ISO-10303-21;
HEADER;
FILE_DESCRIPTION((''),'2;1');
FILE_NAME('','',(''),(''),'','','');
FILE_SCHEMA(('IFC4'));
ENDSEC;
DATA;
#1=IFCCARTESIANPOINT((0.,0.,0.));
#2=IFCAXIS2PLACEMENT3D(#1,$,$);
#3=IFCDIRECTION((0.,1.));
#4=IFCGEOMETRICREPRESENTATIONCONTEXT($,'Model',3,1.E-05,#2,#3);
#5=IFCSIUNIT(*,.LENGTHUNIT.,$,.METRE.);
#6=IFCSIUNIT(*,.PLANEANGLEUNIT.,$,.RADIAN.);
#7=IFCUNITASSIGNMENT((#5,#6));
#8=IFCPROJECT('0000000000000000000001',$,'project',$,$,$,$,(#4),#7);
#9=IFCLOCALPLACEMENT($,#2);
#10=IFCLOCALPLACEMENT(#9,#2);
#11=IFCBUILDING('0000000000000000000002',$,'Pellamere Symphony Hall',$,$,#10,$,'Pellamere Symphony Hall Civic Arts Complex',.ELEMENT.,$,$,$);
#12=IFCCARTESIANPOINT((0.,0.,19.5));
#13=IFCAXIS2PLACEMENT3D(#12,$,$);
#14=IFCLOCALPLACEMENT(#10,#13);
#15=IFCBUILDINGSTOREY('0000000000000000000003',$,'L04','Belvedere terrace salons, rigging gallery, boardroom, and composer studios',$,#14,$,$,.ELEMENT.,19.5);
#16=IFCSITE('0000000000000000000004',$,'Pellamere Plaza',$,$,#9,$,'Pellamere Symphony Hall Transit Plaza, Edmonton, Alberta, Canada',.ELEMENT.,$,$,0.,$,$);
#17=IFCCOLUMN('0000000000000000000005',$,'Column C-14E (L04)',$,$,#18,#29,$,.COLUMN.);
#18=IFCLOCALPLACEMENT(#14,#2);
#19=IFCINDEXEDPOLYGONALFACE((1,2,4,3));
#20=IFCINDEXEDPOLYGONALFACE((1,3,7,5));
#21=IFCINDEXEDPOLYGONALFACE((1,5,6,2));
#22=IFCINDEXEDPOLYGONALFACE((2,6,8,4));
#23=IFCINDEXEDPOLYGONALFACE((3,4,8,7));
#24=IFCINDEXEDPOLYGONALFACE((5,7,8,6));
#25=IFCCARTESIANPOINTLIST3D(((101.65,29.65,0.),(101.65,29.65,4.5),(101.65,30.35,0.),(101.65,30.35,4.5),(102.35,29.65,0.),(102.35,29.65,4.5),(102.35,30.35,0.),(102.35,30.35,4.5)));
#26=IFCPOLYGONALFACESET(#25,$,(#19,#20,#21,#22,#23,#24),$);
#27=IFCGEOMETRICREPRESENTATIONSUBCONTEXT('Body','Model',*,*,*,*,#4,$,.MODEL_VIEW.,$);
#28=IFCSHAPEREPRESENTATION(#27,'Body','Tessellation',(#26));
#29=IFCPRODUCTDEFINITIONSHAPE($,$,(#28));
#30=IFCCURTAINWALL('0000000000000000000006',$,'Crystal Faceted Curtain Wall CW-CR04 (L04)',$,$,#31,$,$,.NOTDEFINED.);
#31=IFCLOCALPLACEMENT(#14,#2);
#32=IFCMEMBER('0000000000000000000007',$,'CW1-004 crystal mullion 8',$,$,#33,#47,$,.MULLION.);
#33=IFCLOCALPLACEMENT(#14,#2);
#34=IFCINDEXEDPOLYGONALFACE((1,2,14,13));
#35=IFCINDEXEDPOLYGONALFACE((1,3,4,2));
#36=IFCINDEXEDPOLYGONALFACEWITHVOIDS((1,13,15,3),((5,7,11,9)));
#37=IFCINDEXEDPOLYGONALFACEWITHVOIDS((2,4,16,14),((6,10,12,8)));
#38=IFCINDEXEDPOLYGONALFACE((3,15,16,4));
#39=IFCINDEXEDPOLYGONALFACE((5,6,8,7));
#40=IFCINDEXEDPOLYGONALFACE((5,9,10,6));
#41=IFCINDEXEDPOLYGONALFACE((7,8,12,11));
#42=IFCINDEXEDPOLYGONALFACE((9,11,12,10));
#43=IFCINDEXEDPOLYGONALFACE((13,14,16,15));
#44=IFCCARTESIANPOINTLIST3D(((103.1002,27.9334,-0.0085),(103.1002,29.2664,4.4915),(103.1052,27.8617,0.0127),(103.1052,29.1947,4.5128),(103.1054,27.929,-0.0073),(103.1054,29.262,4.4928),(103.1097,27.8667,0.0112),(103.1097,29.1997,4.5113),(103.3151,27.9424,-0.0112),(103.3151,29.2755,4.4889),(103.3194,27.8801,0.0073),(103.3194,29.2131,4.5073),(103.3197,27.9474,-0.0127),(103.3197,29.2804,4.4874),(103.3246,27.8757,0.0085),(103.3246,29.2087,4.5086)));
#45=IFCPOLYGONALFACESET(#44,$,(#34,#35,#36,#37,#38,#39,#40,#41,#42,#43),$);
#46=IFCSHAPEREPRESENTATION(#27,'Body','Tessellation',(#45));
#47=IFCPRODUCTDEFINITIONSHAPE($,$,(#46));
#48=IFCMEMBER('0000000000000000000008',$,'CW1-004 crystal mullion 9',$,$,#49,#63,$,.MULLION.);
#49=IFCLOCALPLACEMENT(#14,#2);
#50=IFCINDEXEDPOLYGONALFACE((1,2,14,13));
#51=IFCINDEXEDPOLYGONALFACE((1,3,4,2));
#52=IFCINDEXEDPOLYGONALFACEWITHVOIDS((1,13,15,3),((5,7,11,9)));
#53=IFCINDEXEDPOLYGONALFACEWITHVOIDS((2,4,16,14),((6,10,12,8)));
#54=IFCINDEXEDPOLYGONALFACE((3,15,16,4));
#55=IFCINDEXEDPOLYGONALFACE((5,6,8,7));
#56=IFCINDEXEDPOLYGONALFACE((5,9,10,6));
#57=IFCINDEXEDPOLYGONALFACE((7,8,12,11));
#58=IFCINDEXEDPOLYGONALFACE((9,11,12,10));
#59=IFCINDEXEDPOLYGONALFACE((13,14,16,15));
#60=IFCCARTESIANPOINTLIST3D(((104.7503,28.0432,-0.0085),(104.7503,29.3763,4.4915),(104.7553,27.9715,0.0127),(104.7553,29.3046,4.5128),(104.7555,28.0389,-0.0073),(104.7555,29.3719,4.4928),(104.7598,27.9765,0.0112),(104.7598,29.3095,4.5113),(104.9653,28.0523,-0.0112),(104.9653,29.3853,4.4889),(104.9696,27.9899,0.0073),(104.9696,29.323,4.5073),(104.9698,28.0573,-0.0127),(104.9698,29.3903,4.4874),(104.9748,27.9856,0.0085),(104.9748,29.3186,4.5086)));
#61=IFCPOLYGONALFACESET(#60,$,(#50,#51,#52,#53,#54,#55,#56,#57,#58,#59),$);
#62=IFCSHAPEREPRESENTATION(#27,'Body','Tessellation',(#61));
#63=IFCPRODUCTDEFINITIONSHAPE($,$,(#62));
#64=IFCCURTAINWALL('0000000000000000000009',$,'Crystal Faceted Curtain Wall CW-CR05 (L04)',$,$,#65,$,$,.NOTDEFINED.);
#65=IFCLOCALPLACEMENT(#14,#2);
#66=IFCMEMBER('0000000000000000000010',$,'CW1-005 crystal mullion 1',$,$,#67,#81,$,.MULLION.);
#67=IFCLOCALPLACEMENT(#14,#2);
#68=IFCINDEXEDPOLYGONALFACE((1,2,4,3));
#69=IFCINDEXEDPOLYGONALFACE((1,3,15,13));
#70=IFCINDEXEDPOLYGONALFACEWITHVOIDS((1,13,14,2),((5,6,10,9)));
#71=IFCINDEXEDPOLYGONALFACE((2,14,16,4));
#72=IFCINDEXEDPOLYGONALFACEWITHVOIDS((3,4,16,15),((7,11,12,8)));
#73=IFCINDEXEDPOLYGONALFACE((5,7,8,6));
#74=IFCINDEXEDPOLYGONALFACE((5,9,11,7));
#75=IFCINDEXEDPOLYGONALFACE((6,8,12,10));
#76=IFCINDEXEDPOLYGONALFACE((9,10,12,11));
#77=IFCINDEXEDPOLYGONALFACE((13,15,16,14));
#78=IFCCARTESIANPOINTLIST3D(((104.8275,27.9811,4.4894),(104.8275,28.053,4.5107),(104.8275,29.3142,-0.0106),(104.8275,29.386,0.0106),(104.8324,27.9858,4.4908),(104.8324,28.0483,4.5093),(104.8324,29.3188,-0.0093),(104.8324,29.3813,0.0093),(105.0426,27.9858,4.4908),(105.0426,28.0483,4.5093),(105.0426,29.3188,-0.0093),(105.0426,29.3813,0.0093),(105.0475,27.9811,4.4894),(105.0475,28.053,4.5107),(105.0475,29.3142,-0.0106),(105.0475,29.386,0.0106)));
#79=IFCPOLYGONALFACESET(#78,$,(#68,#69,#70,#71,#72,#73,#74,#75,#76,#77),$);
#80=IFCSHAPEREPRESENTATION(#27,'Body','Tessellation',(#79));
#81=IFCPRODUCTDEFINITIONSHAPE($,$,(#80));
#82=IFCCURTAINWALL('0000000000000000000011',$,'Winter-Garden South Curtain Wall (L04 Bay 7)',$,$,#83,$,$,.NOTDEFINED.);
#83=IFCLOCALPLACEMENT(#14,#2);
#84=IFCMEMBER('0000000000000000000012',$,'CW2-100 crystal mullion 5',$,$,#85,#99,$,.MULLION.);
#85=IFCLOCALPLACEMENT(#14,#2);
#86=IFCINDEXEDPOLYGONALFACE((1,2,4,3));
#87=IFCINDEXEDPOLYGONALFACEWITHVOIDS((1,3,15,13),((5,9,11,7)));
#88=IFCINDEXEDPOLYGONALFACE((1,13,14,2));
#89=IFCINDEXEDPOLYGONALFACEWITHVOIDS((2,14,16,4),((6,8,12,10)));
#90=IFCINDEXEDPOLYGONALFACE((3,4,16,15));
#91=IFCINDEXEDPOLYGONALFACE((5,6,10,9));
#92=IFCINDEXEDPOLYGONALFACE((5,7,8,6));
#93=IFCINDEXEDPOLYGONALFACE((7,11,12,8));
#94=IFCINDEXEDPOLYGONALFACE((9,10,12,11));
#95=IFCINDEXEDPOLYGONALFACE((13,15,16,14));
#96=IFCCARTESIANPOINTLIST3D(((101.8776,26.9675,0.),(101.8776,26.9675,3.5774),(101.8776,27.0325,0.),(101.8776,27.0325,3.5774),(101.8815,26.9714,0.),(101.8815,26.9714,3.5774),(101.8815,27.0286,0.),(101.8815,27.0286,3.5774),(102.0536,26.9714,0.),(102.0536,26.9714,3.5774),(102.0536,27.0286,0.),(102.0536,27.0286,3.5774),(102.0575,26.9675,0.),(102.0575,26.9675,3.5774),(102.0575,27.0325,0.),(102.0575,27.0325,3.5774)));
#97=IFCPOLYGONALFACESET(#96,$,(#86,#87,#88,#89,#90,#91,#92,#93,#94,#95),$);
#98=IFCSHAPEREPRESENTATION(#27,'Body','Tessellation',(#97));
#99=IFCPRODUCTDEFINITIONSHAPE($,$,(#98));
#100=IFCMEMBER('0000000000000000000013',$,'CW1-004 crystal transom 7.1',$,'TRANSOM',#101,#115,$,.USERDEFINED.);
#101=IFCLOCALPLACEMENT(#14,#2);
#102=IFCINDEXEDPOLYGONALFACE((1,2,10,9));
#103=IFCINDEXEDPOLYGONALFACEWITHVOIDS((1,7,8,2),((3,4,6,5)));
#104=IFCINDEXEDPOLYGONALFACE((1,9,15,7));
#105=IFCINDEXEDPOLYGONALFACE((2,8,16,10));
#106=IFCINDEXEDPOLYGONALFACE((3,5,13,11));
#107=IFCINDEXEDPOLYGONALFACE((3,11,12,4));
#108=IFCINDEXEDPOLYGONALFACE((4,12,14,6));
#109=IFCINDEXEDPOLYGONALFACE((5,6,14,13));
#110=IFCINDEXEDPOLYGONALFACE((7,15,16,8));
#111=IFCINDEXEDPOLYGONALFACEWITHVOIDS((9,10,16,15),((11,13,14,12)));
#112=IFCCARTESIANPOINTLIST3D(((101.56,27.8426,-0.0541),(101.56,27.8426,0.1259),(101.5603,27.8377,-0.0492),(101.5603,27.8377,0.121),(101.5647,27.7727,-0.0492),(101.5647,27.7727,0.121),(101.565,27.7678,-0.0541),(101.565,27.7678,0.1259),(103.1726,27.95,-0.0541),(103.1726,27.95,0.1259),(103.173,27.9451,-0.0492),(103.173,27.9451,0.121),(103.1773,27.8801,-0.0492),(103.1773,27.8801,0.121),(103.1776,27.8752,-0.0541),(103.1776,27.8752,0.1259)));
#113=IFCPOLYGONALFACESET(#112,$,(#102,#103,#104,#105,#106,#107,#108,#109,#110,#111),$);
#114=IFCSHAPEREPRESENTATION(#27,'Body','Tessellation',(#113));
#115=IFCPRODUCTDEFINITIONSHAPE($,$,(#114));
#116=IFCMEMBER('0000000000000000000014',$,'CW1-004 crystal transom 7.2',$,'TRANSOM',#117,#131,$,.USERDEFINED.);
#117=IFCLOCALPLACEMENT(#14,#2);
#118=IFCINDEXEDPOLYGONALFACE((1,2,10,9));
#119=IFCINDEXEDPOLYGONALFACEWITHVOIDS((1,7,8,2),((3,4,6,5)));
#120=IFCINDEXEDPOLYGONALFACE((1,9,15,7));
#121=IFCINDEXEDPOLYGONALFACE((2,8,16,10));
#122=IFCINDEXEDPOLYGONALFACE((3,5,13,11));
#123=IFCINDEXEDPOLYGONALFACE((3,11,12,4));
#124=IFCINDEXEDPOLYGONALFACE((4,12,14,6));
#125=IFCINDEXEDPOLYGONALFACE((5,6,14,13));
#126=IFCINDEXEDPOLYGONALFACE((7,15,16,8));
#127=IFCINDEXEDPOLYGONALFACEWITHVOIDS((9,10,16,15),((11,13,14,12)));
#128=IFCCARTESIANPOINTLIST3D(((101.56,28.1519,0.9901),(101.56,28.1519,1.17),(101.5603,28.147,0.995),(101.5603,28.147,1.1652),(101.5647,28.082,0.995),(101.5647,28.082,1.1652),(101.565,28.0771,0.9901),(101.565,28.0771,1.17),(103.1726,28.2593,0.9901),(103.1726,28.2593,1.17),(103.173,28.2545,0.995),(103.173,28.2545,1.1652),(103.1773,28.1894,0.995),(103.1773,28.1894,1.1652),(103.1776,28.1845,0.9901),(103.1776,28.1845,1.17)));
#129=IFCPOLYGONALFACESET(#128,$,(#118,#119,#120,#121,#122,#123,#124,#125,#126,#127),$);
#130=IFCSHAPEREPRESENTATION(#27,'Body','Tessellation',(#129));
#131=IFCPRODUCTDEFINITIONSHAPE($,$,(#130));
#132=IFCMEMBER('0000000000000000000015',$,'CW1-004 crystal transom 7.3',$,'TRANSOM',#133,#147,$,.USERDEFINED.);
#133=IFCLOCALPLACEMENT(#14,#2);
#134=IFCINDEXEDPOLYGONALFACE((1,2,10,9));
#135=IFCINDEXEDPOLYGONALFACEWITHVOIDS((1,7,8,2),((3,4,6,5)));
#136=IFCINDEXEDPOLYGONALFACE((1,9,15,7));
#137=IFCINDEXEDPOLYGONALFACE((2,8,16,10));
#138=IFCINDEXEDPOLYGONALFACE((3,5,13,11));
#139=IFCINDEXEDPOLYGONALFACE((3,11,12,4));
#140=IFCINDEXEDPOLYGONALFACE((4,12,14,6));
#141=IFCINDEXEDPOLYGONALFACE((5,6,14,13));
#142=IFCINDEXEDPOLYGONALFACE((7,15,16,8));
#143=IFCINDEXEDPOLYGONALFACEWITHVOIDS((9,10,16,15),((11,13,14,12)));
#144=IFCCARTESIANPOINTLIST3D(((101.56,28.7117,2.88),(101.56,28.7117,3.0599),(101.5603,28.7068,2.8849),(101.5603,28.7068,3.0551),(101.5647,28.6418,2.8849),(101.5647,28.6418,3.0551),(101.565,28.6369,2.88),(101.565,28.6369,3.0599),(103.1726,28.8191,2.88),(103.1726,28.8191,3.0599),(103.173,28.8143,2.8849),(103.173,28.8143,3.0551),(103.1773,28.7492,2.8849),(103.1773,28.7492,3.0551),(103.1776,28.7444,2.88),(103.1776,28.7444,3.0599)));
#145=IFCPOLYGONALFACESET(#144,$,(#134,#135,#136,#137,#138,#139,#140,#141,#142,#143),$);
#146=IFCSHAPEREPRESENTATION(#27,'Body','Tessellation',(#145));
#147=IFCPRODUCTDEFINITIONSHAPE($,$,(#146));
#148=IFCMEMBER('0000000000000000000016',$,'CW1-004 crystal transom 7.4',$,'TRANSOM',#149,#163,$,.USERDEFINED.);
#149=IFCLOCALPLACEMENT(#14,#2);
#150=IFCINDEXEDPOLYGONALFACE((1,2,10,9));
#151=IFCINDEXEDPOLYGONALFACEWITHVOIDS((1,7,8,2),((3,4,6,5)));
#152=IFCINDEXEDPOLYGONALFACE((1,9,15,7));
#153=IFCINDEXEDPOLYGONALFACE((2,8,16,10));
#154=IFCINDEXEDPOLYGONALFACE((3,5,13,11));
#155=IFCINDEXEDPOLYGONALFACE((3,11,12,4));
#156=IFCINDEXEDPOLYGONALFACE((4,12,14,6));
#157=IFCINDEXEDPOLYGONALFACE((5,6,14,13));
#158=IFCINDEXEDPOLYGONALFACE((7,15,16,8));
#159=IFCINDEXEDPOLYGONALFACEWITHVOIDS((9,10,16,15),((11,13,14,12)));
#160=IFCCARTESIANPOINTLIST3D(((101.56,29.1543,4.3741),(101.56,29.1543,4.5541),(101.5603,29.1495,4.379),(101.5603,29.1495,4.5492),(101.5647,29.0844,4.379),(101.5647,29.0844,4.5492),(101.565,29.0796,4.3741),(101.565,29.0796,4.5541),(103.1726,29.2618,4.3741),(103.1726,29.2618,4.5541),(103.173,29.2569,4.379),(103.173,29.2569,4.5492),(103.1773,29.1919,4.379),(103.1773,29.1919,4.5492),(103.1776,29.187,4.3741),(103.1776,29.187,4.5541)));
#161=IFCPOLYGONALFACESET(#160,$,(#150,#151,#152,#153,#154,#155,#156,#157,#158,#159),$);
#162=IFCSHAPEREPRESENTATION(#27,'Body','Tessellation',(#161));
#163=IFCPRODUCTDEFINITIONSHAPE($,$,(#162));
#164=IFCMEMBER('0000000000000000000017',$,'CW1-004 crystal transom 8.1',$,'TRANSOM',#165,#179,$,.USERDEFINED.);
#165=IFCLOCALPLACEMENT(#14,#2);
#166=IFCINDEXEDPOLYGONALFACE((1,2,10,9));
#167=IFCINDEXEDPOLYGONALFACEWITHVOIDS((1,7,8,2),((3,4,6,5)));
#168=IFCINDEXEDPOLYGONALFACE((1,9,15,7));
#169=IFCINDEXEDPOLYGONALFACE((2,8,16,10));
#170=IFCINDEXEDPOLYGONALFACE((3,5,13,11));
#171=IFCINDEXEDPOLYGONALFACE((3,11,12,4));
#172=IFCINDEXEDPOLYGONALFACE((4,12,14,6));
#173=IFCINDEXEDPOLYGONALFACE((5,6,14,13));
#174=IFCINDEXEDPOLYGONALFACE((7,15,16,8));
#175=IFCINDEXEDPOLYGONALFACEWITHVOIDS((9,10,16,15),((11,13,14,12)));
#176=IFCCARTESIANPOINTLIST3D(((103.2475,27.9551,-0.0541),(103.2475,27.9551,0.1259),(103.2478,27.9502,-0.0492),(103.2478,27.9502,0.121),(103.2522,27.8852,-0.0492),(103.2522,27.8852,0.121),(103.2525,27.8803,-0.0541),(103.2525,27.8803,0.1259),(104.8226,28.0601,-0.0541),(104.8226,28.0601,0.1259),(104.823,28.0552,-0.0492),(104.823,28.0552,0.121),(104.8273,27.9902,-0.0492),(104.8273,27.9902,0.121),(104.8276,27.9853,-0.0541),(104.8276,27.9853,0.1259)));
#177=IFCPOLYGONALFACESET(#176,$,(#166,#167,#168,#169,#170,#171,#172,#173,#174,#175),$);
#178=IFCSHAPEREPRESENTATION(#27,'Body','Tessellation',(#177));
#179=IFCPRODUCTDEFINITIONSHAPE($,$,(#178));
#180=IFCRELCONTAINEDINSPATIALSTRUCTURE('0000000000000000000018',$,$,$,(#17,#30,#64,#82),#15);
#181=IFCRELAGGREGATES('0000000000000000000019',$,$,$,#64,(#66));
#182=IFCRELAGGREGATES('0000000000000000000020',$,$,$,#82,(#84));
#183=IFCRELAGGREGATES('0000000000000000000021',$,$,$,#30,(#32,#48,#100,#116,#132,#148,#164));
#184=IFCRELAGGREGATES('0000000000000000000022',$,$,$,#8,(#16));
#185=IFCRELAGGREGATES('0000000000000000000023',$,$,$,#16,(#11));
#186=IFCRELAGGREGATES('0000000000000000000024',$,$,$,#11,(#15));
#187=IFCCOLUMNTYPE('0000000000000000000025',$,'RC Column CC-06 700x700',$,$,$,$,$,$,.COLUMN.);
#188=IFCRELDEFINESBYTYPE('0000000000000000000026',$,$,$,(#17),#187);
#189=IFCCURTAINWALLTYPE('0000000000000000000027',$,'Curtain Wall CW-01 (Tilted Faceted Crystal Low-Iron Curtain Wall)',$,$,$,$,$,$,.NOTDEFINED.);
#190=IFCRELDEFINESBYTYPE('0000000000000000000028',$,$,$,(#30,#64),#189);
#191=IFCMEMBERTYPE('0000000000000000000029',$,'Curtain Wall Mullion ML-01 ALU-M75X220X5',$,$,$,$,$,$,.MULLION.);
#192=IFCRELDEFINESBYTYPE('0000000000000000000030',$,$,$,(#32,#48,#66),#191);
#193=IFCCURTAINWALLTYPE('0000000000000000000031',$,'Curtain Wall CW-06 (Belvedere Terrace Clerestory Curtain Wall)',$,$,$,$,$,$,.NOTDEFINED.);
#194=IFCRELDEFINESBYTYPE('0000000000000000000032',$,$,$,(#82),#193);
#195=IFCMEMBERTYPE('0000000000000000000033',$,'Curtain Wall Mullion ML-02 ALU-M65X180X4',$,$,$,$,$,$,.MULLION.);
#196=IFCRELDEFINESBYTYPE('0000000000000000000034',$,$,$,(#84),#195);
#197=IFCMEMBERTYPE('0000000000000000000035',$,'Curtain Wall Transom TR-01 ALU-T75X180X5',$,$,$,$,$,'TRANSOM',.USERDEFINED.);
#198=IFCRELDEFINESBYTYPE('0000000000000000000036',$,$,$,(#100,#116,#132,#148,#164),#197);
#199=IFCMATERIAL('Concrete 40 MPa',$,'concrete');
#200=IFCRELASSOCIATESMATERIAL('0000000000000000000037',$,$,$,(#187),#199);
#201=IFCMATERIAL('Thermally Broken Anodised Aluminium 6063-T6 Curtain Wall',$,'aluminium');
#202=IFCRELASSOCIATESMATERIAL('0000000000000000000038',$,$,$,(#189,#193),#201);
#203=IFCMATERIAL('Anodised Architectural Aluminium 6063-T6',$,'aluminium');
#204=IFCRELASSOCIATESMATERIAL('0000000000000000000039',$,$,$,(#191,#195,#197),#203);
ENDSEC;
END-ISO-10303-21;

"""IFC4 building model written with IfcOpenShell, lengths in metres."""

from ifc_helpers import new_model, si_unit, direction, frame, origin, origin_2d, place, context, subcontext, project, spatial, rectangle, hollow_rectangle, extrude, material, material_profile, profile_set, type_object, element, aggregate, save


model = new_model("IFC4")

# Units and contexts
model_context = context("Model", 3, precision=1e-05, world=origin(), true_north=direction((0.0, 1.0)))
body_context = subcontext(model_context, "Body", "Model", "MODEL_VIEW")
ifc_project = project(units=[si_unit("LENGTHUNIT", "METRE"), si_unit("PLANEANGLEUNIT", "RADIAN")], contexts=[model_context])

# Site, building, storey
site_placement = place(None, origin())
site = spatial("IfcSite", under=ifc_project, at=site_placement, Name="Pellamere Plaza", LongName="Pellamere Symphony Hall Transit Plaza, Edmonton, Alberta, Canada", CompositionType="ELEMENT", RefElevation=0.0)
building_placement = place(site_placement, origin())
building = spatial("IfcBuilding", under=site, at=building_placement, Name="Pellamere Symphony Hall", LongName="Pellamere Symphony Hall Civic Arts Complex", CompositionType="ELEMENT")
storey_placement = place(building_placement, frame((0.0, 0.0, 19.5)))
storey = spatial("IfcBuildingStorey", under=building, at=storey_placement, Name="L04", Description="Belvedere terrace salons, rigging gallery, boardroom, and composer studios", CompositionType="ELEMENT", Elevation=19.5)

# Column
ifc_material_1 = material(Name="Concrete 40 MPa", Category="concrete")
ifc_material_profile_1 = material_profile(ifc_material_1, rectangle(XDim=0.7, YDim=0.7, at=origin_2d()), Name="RC 700x700")
ifc_profile_set_1 = profile_set([ifc_material_profile_1], Name="Concrete 40 MPa")
column_type = type_object("IfcColumnType", Name="RC Column CC-06 700x700", PredefinedType="COLUMN", material=ifc_profile_set_1)
column_placement = place(storey_placement, frame((102.0, 30.0, 0.0), z_axis=(0.0, 0.0, 1.0), x_axis=(1.0, 0.0, 0.0)))
element("IfcColumn", 1, at=column_placement, inside=storey, type_object=column_type, Name="Column C-14E (L04)", PredefinedType="COLUMN", context=body_context, shape_type="SweptSolid", body=[
    extrude(rectangle(XDim=0.7, YDim=0.7, at=origin_2d()), origin(), (0.0, 0.0, 1.0), 4.5),
])

# Curtain wall, members
ifc_material_2 = material(Name="Thermally Broken Anodised Aluminium 6063-T6 Curtain Wall", Category="aluminium")
curtain_wall_type_1 = type_object("IfcCurtainWallType", Name="Curtain Wall CW-01 (Tilted Faceted Crystal Low-Iron Curtain Wall)", PredefinedType="NOTDEFINED", material=ifc_material_2)
curtain_wall_1_placement = place(storey_placement, origin())
curtain_wall_1 = element("IfcCurtainWall", 2, at=curtain_wall_1_placement, inside=storey, type_object=curtain_wall_type_1, Name="Crystal Faceted Curtain Wall CW-CR04 (L04)", PredefinedType="NOTDEFINED")
ifc_material_3 = material(Name="Anodised Architectural Aluminium 6063-T6", Category="aluminium")
ifc_material_profile_2 = material_profile(ifc_material_3, hollow_rectangle(XDim=0.075, YDim=0.22, WallThickness=0.0049, at=origin_2d()), Name="ALU-M75X220X5")
ifc_profile_set_2 = profile_set([ifc_material_profile_2], Name="Anodised Architectural Aluminium 6063-T6")
member_type_1 = type_object("IfcMemberType", Name="Curtain Wall Mullion ML-01 ALU-M75X220X5", PredefinedType="MULLION", material=ifc_profile_set_2)
member_1_placement = place(storey_placement, frame((103.2124, 27.9045, 0.0), z_axis=(0.0, 0.284025, 0.958817), x_axis=(0.066519, -0.956693, 0.283395)))
member_1 = element("IfcMember", 3, at=member_1_placement, type_object=member_type_1, Name="CW1-004 crystal mullion 8", PredefinedType="MULLION", context=body_context, shape_type="SweptSolid", body=[
    extrude(hollow_rectangle(XDim=0.075, YDim=0.22, WallThickness=0.0049, at=origin_2d()), origin(), (0.0, 0.0, 1.0), 4.6934),
])
member_2_placement = place(storey_placement, frame((104.8625, 28.0144, 0.0), z_axis=(0.0, 0.284025, 0.958817), x_axis=(0.066519, -0.956693, 0.283395)))
member_2 = element("IfcMember", 4, at=member_2_placement, type_object=member_type_1, Name="CW1-004 crystal mullion 9", PredefinedType="MULLION", context=body_context, shape_type="SweptSolid", body=[
    extrude(hollow_rectangle(XDim=0.075, YDim=0.22, WallThickness=0.0049, at=origin_2d()), origin(), (0.0, 0.0, 1.0), 4.6934),
])

# Curtain walls, members
curtain_wall_2_placement = place(storey_placement, origin())
curtain_wall_2 = element("IfcCurtainWall", 5, at=curtain_wall_2_placement, inside=storey, type_object=curtain_wall_type_1, Name="Crystal Faceted Curtain Wall CW-CR05 (L04)", PredefinedType="NOTDEFINED")
member_3_placement = place(storey_placement, frame((104.9375, 29.3501, 0.0), z_axis=(0.0, -0.284025, 0.958817), x_axis=(0.0, 0.958817, 0.284025)))
member_3 = element("IfcMember", 6, at=member_3_placement, type_object=member_type_1, Name="CW1-005 crystal mullion 1", PredefinedType="MULLION", context=body_context, shape_type="SweptSolid", body=[
    extrude(hollow_rectangle(XDim=0.075, YDim=0.22, WallThickness=0.0049, at=origin_2d()), origin(), (0.0, 0.0, 1.0), 4.6934),
])
aggregate(curtain_wall_2, [member_3])
curtain_wall_type_2 = type_object("IfcCurtainWallType", Name="Curtain Wall CW-06 (Belvedere Terrace Clerestory Curtain Wall)", PredefinedType="NOTDEFINED", material=ifc_material_2)
curtain_wall_3_placement = place(storey_placement, origin())
curtain_wall_3 = element("IfcCurtainWall", 7, at=curtain_wall_3_placement, inside=storey, type_object=curtain_wall_type_2, Name="Winter-Garden South Curtain Wall (L04 Bay 7)", PredefinedType="NOTDEFINED")
ifc_material_profile_3 = material_profile(ifc_material_3, hollow_rectangle(XDim=0.0649, YDim=0.1799, WallThickness=0.0039, at=origin_2d()), Name="ALU-M65X180X4")
ifc_profile_set_3 = profile_set([ifc_material_profile_3], Name="Anodised Architectural Aluminium 6063-T6")
member_type_2 = type_object("IfcMemberType", Name="Curtain Wall Mullion ML-02 ALU-M65X180X4", PredefinedType="MULLION", material=ifc_profile_set_3)
member_4_placement = place(storey_placement, frame((101.9675, 27.0, 0.0), z_axis=(0.0, 0.0, 1.0), x_axis=(0.0, 1.0, 0.0)))
member_4 = element("IfcMember", 8, at=member_4_placement, type_object=member_type_2, Name="CW2-100 crystal mullion 5", PredefinedType="MULLION", context=body_context, shape_type="SweptSolid", body=[
    extrude(hollow_rectangle(XDim=0.0649, YDim=0.1799, WallThickness=0.0039, at=origin_2d()), origin(), (0.0, 0.0, 1.0), 3.5774),
])
aggregate(curtain_wall_3, [member_4])

# Members
ifc_material_profile_4 = material_profile(ifc_material_3, hollow_rectangle(XDim=0.075, YDim=0.1799, WallThickness=0.0049, at=origin_2d()), Name="ALU-T75X180X5")
ifc_profile_set_4 = profile_set([ifc_material_profile_4], Name="Anodised Architectural Aluminium 6063-T6")
member_type_3 = type_object("IfcMemberType", Name="Curtain Wall Transom TR-01 ALU-T75X180X5", ElementType="TRANSOM", PredefinedType="USERDEFINED", material=ifc_profile_set_4)
member_5_placement = place(storey_placement, frame((101.5625, 27.8052, 0.0359), z_axis=(0.997788, 0.066469, 0.0), x_axis=(-0.066469, 0.997788, 0.0)))
member_5 = element("IfcMember", 9, at=member_5_placement, type_object=member_type_3, Name="CW1-004 crystal transom 7.1", ObjectType="TRANSOM", PredefinedType="USERDEFINED", context=body_context, shape_type="SweptSolid", body=[
    extrude(hollow_rectangle(XDim=0.075, YDim=0.1799, WallThickness=0.0049, at=origin_2d()), origin(), (0.0, 0.0, 1.0), 1.6162),
])
member_6_placement = place(storey_placement, frame((101.5625, 28.1145, 1.0801), z_axis=(0.997788, 0.066469, 0.0), x_axis=(-0.066469, 0.997788, 0.0)))
member_6 = element("IfcMember", 10, at=member_6_placement, type_object=member_type_3, Name="CW1-004 crystal transom 7.2", ObjectType="TRANSOM", PredefinedType="USERDEFINED", context=body_context, shape_type="SweptSolid", body=[
    extrude(hollow_rectangle(XDim=0.075, YDim=0.1799, WallThickness=0.0049, at=origin_2d()), origin(), (0.0, 0.0, 1.0), 1.6162),
])
member_7_placement = place(storey_placement, frame((101.5625, 28.6743, 2.97), z_axis=(0.997788, 0.066469, 0.0), x_axis=(-0.066469, 0.997788, 0.0)))
member_7 = element("IfcMember", 11, at=member_7_placement, type_object=member_type_3, Name="CW1-004 crystal transom 7.3", ObjectType="TRANSOM", PredefinedType="USERDEFINED", context=body_context, shape_type="SweptSolid", body=[
    extrude(hollow_rectangle(XDim=0.075, YDim=0.1799, WallThickness=0.0049, at=origin_2d()), origin(), (0.0, 0.0, 1.0), 1.6162),
])
member_8_placement = place(storey_placement, frame((101.5625, 29.1169, 4.4641), z_axis=(0.997788, 0.066469, 0.0), x_axis=(-0.066469, 0.997788, 0.0)))
member_8 = element("IfcMember", 12, at=member_8_placement, type_object=member_type_3, Name="CW1-004 crystal transom 7.4", ObjectType="TRANSOM", PredefinedType="USERDEFINED", context=body_context, shape_type="SweptSolid", body=[
    extrude(hollow_rectangle(XDim=0.075, YDim=0.1799, WallThickness=0.0049, at=origin_2d()), origin(), (0.0, 0.0, 1.0), 1.6162),
])
member_9_placement = place(storey_placement, frame((103.25, 27.9177, 0.0359), z_axis=(0.997787, 0.066498, 0.0), x_axis=(-0.066498, 0.997787, 0.0)))
member_9 = element("IfcMember", 13, at=member_9_placement, type_object=member_type_3, Name="CW1-004 crystal transom 8.1", ObjectType="TRANSOM", PredefinedType="USERDEFINED", context=body_context, shape_type="SweptSolid", body=[
    extrude(hollow_rectangle(XDim=0.075, YDim=0.1799, WallThickness=0.0049, at=origin_2d()), origin(), (0.0, 0.0, 1.0), 1.5786),
])

aggregate(curtain_wall_1, [member_1, member_2, member_5, member_6, member_7, member_8, member_9])

save(model, "model.ifc")
